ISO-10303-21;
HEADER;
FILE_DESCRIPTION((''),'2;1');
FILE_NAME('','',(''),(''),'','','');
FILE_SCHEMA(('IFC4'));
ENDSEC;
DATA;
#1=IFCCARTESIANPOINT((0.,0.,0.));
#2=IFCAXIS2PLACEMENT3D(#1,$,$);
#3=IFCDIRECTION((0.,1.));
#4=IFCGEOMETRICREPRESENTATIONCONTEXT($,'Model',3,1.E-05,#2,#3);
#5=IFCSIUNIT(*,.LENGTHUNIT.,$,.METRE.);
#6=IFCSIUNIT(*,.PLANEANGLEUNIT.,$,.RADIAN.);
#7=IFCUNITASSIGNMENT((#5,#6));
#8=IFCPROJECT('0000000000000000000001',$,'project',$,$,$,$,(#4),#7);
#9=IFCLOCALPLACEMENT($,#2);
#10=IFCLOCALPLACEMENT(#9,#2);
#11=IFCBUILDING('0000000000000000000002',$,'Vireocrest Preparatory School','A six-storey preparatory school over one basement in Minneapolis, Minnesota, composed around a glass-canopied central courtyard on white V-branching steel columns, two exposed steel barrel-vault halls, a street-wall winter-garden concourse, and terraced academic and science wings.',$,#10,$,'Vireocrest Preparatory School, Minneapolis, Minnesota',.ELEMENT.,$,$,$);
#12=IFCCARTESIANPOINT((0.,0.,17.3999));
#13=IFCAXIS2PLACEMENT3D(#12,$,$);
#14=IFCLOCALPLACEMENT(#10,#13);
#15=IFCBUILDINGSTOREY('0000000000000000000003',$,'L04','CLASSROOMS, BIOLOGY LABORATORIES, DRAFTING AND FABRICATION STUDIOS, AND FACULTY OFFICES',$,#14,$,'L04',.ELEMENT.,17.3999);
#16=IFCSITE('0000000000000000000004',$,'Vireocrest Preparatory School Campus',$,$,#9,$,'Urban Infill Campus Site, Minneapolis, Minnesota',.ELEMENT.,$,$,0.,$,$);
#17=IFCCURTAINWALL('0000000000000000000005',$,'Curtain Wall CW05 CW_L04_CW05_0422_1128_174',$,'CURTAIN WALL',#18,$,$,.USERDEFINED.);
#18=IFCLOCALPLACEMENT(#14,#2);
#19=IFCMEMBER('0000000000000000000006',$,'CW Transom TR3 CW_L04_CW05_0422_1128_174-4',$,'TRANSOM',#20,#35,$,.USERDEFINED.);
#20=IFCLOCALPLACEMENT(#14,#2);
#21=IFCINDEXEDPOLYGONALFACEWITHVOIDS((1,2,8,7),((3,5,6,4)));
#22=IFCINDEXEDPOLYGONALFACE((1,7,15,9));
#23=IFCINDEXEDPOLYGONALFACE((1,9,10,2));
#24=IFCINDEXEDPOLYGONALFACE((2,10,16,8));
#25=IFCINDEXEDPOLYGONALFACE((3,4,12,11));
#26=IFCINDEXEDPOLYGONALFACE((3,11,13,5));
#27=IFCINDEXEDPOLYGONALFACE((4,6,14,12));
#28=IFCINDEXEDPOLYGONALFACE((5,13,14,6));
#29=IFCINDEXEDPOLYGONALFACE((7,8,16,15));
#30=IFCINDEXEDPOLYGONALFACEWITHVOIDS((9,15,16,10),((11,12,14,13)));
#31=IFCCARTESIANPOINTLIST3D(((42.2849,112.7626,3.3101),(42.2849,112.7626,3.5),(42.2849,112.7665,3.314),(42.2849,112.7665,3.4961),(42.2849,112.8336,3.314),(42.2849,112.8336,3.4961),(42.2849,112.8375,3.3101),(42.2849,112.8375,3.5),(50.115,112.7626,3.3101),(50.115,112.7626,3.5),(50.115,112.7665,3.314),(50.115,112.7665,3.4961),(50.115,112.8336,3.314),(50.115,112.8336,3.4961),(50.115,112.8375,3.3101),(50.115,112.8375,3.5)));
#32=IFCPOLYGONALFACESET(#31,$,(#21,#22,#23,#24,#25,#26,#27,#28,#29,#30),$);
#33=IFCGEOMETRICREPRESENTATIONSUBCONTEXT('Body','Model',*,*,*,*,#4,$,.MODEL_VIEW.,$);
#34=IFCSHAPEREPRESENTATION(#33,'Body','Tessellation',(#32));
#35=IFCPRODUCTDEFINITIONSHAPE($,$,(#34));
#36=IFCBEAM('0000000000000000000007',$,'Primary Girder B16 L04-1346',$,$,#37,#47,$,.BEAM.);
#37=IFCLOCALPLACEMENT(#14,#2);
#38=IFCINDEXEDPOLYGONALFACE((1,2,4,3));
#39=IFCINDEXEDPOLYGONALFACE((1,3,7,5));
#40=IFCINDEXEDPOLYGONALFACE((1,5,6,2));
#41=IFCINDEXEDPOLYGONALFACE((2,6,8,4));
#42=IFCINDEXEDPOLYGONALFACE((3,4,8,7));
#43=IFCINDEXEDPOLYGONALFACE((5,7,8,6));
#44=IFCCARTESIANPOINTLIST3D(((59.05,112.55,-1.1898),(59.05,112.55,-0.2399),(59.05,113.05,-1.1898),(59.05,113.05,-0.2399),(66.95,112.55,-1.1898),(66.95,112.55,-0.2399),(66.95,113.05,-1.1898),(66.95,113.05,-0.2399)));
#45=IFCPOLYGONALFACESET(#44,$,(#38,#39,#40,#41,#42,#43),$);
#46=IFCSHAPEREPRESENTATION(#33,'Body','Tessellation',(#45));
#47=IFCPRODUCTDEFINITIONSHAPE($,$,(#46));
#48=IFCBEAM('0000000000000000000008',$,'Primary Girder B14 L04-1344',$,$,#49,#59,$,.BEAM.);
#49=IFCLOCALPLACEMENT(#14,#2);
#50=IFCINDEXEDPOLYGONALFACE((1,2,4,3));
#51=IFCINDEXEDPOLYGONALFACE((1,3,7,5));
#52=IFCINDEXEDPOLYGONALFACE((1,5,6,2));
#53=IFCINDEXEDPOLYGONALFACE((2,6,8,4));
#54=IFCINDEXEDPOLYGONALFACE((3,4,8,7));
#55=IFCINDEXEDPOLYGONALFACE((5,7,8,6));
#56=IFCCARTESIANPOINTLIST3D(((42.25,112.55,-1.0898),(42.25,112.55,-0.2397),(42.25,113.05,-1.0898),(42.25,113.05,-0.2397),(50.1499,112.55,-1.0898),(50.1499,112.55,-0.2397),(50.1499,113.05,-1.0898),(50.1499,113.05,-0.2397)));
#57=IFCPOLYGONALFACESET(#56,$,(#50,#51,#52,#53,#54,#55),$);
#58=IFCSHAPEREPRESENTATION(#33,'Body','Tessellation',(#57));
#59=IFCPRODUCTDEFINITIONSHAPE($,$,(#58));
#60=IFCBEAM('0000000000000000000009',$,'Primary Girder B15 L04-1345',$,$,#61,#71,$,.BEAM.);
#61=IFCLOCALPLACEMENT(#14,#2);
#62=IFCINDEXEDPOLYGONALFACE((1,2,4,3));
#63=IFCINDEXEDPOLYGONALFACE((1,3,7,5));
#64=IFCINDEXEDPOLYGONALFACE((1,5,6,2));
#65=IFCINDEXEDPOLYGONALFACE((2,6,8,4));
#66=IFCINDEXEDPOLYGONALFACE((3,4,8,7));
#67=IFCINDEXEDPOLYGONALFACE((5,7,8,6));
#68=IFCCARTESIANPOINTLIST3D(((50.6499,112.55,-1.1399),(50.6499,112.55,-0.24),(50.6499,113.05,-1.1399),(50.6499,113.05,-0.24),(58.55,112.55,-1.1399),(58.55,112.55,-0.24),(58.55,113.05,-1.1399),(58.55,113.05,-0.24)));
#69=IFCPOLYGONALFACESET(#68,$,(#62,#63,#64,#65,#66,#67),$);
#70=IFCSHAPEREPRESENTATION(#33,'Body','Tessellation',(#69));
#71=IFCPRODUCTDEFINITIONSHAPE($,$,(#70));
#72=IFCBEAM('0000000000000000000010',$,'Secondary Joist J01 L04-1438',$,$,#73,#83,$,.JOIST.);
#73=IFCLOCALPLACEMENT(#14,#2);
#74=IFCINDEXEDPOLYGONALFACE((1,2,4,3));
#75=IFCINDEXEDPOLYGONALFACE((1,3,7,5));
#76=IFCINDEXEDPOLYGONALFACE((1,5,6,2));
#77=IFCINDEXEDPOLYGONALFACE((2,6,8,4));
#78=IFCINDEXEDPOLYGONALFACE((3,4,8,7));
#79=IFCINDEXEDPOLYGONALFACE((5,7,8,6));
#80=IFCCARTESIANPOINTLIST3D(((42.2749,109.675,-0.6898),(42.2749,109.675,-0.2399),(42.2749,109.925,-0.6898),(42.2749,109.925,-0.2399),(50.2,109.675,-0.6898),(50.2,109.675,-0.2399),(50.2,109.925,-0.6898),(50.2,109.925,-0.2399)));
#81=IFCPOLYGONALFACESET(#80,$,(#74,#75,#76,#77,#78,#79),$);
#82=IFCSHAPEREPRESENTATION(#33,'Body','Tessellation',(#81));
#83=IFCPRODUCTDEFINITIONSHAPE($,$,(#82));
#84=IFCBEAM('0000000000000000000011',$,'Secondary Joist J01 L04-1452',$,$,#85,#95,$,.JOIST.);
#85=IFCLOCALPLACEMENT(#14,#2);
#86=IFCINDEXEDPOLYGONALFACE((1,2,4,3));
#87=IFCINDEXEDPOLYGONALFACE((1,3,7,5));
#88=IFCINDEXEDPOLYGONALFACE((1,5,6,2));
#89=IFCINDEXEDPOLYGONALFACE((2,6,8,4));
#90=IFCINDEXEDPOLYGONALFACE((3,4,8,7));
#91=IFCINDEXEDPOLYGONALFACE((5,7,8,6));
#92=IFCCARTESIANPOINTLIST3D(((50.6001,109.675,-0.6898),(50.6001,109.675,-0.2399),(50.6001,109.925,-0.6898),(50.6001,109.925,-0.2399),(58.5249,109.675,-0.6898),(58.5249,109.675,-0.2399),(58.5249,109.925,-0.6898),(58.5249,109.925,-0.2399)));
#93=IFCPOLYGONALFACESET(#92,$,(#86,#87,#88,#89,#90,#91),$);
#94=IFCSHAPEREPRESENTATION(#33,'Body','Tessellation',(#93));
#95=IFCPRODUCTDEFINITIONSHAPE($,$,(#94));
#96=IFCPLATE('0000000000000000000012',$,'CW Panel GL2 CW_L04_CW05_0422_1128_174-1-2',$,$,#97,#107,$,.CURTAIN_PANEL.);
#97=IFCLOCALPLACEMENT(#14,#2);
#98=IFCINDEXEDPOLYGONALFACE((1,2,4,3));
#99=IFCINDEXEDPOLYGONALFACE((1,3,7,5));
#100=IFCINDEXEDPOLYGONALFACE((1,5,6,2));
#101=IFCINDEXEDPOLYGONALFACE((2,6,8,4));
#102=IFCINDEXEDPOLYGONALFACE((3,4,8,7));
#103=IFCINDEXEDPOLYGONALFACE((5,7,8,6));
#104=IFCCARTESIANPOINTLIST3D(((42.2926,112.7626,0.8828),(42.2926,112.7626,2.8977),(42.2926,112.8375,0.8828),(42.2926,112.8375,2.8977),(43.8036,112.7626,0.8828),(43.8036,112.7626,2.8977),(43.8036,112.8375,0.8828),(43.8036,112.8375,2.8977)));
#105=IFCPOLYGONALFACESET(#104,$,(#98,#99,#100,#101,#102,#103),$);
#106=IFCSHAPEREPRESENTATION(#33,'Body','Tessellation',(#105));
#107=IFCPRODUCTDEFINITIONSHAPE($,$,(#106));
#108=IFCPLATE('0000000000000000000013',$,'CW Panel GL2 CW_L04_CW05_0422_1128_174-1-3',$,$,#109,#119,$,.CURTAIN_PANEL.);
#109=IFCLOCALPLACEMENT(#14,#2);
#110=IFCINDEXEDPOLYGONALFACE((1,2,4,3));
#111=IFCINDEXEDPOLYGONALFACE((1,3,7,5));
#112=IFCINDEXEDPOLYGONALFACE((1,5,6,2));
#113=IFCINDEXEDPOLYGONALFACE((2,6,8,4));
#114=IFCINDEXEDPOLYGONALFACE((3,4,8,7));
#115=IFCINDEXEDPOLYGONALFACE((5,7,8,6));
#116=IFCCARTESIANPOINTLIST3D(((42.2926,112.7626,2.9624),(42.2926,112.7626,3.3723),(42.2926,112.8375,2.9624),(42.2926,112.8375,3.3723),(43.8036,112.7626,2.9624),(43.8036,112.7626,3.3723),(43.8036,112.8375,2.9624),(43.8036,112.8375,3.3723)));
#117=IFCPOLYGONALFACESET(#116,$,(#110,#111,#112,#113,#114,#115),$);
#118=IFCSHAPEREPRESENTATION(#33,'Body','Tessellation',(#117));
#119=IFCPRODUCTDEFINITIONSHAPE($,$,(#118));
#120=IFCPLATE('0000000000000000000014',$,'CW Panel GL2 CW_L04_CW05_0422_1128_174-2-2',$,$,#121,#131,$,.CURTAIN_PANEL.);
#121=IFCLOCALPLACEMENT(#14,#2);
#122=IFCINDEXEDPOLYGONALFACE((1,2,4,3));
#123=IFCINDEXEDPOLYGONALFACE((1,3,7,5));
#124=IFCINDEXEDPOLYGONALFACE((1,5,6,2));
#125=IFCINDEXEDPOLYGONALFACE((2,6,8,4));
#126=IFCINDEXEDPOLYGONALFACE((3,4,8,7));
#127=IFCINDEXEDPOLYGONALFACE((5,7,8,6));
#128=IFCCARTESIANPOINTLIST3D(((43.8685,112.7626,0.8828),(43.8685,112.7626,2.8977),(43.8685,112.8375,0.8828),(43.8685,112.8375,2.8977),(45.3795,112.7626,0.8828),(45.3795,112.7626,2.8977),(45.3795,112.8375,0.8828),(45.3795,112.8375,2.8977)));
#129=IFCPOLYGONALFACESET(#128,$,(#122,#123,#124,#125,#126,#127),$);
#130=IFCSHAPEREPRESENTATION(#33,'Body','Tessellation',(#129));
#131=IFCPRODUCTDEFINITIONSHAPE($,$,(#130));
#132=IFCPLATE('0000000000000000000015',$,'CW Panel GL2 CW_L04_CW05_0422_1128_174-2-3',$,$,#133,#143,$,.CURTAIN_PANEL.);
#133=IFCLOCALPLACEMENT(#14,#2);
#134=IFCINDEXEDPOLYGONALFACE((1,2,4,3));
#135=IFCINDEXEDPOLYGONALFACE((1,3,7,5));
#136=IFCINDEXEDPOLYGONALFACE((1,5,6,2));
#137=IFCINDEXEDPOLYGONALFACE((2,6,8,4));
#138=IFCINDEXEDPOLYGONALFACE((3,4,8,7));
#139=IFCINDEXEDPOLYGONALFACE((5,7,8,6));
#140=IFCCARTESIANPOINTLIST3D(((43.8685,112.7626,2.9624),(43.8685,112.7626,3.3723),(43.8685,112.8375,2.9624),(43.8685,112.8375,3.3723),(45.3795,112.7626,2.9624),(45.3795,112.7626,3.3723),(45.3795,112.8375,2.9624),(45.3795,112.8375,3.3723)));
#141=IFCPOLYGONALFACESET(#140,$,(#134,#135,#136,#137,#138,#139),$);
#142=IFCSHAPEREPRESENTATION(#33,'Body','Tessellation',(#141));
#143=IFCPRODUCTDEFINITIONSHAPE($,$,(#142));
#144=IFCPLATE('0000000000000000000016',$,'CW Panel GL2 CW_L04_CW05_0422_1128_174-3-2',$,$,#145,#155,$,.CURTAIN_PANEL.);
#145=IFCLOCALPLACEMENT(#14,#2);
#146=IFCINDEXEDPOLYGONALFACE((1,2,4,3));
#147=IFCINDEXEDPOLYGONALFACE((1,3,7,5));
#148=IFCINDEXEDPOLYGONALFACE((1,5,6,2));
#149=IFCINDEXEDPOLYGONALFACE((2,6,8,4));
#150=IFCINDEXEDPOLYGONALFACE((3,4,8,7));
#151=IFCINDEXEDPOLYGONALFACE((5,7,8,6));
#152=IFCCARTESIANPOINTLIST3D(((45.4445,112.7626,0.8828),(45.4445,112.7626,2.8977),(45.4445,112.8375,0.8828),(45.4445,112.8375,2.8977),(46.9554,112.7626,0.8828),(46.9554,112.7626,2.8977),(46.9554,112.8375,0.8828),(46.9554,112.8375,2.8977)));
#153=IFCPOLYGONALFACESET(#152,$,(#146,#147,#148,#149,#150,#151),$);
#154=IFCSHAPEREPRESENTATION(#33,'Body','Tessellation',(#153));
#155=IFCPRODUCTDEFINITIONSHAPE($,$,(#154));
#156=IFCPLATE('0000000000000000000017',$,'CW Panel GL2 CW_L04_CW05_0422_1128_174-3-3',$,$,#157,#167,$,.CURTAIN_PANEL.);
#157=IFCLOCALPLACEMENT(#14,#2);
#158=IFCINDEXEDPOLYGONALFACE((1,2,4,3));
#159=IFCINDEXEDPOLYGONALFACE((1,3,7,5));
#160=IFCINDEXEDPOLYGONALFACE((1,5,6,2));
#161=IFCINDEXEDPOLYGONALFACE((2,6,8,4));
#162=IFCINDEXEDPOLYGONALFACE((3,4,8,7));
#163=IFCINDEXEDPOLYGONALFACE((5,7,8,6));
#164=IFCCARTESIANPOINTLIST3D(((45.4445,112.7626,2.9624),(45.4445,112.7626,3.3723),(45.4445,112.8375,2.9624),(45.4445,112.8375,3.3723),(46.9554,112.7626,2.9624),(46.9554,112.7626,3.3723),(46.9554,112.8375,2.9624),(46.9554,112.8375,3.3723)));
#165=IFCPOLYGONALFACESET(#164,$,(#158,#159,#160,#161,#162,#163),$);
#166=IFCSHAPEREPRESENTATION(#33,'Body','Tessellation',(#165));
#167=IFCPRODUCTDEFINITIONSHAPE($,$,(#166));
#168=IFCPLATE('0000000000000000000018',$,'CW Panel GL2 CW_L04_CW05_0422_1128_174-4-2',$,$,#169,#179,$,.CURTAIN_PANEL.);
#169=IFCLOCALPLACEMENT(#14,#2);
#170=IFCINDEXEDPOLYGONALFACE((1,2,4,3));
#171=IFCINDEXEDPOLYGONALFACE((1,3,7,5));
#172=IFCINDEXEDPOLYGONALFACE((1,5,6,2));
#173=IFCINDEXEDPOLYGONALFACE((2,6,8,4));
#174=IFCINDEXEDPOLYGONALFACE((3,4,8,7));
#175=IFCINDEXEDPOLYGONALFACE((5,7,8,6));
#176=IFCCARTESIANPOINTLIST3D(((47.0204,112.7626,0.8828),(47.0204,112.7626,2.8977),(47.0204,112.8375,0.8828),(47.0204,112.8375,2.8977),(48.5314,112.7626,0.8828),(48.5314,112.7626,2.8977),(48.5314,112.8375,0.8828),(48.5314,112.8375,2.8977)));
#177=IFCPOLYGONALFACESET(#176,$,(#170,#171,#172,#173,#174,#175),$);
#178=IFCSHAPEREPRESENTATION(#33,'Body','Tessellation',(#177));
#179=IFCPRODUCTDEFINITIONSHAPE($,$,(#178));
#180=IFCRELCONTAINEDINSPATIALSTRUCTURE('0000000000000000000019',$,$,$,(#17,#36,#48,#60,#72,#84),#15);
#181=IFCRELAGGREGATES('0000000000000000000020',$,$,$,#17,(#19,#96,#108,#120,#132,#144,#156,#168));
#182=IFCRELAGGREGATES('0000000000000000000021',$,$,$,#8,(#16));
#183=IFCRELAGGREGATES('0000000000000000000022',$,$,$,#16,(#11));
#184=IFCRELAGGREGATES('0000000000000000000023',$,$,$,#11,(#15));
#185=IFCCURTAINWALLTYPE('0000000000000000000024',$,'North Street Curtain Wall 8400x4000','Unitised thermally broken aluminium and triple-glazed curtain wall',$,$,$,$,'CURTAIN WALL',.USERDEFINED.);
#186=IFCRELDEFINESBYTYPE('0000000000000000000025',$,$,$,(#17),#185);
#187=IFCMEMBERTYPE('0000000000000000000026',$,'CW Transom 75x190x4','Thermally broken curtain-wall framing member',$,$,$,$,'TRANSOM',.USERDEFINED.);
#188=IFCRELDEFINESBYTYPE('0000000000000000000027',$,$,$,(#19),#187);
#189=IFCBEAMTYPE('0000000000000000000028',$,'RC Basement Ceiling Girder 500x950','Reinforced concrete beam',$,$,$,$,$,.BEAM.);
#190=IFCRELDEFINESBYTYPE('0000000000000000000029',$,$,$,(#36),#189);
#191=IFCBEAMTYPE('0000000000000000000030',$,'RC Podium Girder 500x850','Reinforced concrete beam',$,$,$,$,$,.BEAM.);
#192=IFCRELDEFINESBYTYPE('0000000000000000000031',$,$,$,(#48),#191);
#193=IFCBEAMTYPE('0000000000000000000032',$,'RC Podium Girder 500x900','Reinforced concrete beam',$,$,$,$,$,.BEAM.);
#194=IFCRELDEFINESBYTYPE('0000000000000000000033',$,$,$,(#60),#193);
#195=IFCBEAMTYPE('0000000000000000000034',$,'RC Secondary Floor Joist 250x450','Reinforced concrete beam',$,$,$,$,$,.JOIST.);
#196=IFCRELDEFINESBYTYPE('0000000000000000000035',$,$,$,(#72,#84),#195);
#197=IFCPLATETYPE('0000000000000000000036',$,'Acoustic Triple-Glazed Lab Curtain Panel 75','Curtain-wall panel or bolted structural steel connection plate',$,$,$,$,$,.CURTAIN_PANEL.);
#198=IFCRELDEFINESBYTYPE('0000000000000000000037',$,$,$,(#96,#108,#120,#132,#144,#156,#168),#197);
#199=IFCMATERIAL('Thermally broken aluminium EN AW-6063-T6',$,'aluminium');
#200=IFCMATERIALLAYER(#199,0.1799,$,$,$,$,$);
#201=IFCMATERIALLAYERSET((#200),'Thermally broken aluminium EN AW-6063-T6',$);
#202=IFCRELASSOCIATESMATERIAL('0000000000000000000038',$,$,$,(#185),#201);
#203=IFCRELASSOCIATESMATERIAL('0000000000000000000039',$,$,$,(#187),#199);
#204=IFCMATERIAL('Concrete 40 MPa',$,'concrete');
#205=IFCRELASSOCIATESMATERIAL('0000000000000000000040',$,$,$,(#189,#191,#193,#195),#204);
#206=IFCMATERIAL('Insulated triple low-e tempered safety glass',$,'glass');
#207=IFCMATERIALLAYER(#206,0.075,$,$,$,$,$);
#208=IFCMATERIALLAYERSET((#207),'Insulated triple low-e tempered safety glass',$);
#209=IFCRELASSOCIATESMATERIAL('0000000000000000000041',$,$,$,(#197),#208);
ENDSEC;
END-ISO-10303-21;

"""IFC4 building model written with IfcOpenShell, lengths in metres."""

from ifc_helpers import new_model, si_unit, direction, frame, origin, origin_2d, place, context, subcontext, project, spatial, rectangle, hollow_rectangle, extrude, material, layer, layer_set, material_profile, profile_set, type_object, element, aggregate, save


model = new_model("IFC4")

# Units and contexts
model_context = context("Model", 3, precision=1e-05, world=origin(), true_north=direction((0.0, 1.0)))
body_context = subcontext(model_context, "Body", "Model", "MODEL_VIEW")
ifc_project = project(units=[si_unit("LENGTHUNIT", "METRE"), si_unit("PLANEANGLEUNIT", "RADIAN")], contexts=[model_context])

# Site, building, storey
site_placement = place(None, origin())
site = spatial("IfcSite", under=ifc_project, at=site_placement, Name="Vireocrest Preparatory School Campus", LongName="Urban Infill Campus Site, Minneapolis, Minnesota", CompositionType="ELEMENT", RefElevation=0.0)
building_placement = place(site_placement, origin())
building = spatial("IfcBuilding", under=site, at=building_placement, Name="Vireocrest Preparatory School", Description="A six-storey preparatory school over one basement in Minneapolis, Minnesota, composed around a glass-canopied central courtyard on white V-branching steel columns, two exposed steel barrel-vault halls, a street-wall winter-garden concourse, and terraced academic and science wings.", LongName="Vireocrest Preparatory School, Minneapolis, Minnesota", CompositionType="ELEMENT")
storey_placement = place(building_placement, frame((0.0, 0.0, 17.3999)))
storey = spatial("IfcBuildingStorey", under=building, at=storey_placement, Name="L04", Description="CLASSROOMS, BIOLOGY LABORATORIES, DRAFTING AND FABRICATION STUDIOS, AND FACULTY OFFICES", LongName="L04", CompositionType="ELEMENT", Elevation=17.3999)

# Curtain wall, member
ifc_material_1 = material(Name="Thermally broken aluminium EN AW-6063-T6", Category="aluminium")
ifc_layer_1 = layer(ifc_material_1, 0.1799)
ifc_layer_set_1 = layer_set([ifc_layer_1], Name="Thermally broken aluminium EN AW-6063-T6")
curtain_wall_type = type_object("IfcCurtainWallType", Name="North Street Curtain Wall 8400x4000", Description="Unitised thermally broken aluminium and triple-glazed curtain wall", ElementType="CURTAIN WALL", PredefinedType="USERDEFINED", material=ifc_layer_set_1)
curtain_wall_placement = place(storey_placement, origin())
curtain_wall = element("IfcCurtainWall", 1, at=curtain_wall_placement, inside=storey, type_object=curtain_wall_type, Name="Curtain Wall CW05 CW_L04_CW05_0422_1128_174", ObjectType="CURTAIN WALL", PredefinedType="USERDEFINED")
ifc_material_profile_1 = material_profile(ifc_material_1, hollow_rectangle(XDim=0.075, YDim=0.1899, WallThickness=0.0039, at=origin_2d()), Name="ALU 75x190x4")
ifc_profile_set_1 = profile_set([ifc_material_profile_1], Name="Thermally broken aluminium EN AW-6063-T6")
member_type_1 = type_object("IfcMemberType", Name="CW Transom 75x190x4", Description="Thermally broken curtain-wall framing member", ElementType="TRANSOM", PredefinedType="USERDEFINED", material=ifc_profile_set_1)
member_1_placement = place(storey_placement, frame((42.2849, 112.8, 3.405), z_axis=(1.0, 0.0, 0.0), x_axis=(0.0, 1.0, 0.0)))
member_1 = element("IfcMember", 2, at=member_1_placement, type_object=member_type_1, Name="CW Transom TR3 CW_L04_CW05_0422_1128_174-4", ObjectType="TRANSOM", PredefinedType="USERDEFINED", context=body_context, shape_type="SweptSolid", body=[
    extrude(hollow_rectangle(XDim=0.075, YDim=0.1899, WallThickness=0.0039, at=origin_2d()), origin(), (0.0, 0.0, 1.0), 7.8301),
])

# Beams
ifc_material_2 = material(Name="Concrete 40 MPa", Category="concrete")
ifc_material_profile_2 = material_profile(ifc_material_2, rectangle(XDim=0.5, YDim=0.95, at=origin_2d()), Name="RC 500x950")
ifc_profile_set_2 = profile_set([ifc_material_profile_2], Name="Concrete 40 MPa")
beam_type_1 = type_object("IfcBeamType", Name="RC Basement Ceiling Girder 500x950", Description="Reinforced concrete beam", PredefinedType="BEAM", material=ifc_profile_set_2)
beam_1_placement = place(storey_placement, frame((59.05, 112.8, -0.7148), z_axis=(1.0, 0.0, 0.0), x_axis=(0.0, 1.0, 0.0)))
element("IfcBeam", 3, at=beam_1_placement, inside=storey, type_object=beam_type_1, Name="Primary Girder B16 L04-1346", PredefinedType="BEAM", context=body_context, shape_type="SweptSolid", body=[
    extrude(rectangle(XDim=0.5, YDim=0.95, at=origin_2d()), origin(), (0.0, 0.0, 1.0), 7.8999),
])
ifc_material_profile_3 = material_profile(ifc_material_2, rectangle(XDim=0.5, YDim=0.8501, at=origin_2d()), Name="RC 500x850")
ifc_profile_set_3 = profile_set([ifc_material_profile_3], Name="Concrete 40 MPa")
beam_type_2 = type_object("IfcBeamType", Name="RC Podium Girder 500x850", Description="Reinforced concrete beam", PredefinedType="BEAM", material=ifc_profile_set_3)
beam_2_placement = place(storey_placement, frame((42.25, 112.8, -0.6648), z_axis=(1.0, 0.0, 0.0), x_axis=(0.0, 1.0, 0.0)))
element("IfcBeam", 4, at=beam_2_placement, inside=storey, type_object=beam_type_2, Name="Primary Girder B14 L04-1344", PredefinedType="BEAM", context=body_context, shape_type="SweptSolid", body=[
    extrude(rectangle(XDim=0.5, YDim=0.8501, at=origin_2d()), origin(), (0.0, 0.0, 1.0), 7.8999),
])
ifc_material_profile_4 = material_profile(ifc_material_2, rectangle(XDim=0.5, YDim=0.8999, at=origin_2d()), Name="RC 500x900")
ifc_profile_set_4 = profile_set([ifc_material_profile_4], Name="Concrete 40 MPa")
beam_type_3 = type_object("IfcBeamType", Name="RC Podium Girder 500x900", Description="Reinforced concrete beam", PredefinedType="BEAM", material=ifc_profile_set_4)
beam_3_placement = place(storey_placement, frame((50.6499, 112.8, -0.6899), z_axis=(1.0, 0.0, 0.0), x_axis=(0.0, 1.0, 0.0)))
element("IfcBeam", 5, at=beam_3_placement, inside=storey, type_object=beam_type_3, Name="Primary Girder B15 L04-1345", PredefinedType="BEAM", context=body_context, shape_type="SweptSolid", body=[
    extrude(rectangle(XDim=0.5, YDim=0.8999, at=origin_2d()), origin(), (0.0, 0.0, 1.0), 7.9001),
])
ifc_material_profile_5 = material_profile(ifc_material_2, rectangle(XDim=0.25, YDim=0.45, at=origin_2d()), Name="RC 250x450")
ifc_profile_set_5 = profile_set([ifc_material_profile_5], Name="Concrete 40 MPa")
beam_type_4 = type_object("IfcBeamType", Name="RC Secondary Floor Joist 250x450", Description="Reinforced concrete beam", PredefinedType="JOIST", material=ifc_profile_set_5)
beam_4_placement = place(storey_placement, frame((42.2749, 109.8, -0.4648), z_axis=(1.0, 0.0, 0.0), x_axis=(0.0, 1.0, 0.0)))
element("IfcBeam", 6, at=beam_4_placement, inside=storey, type_object=beam_type_4, Name="Secondary Joist J01 L04-1438", PredefinedType="JOIST", context=body_context, shape_type="SweptSolid", body=[
    extrude(rectangle(XDim=0.25, YDim=0.45, at=origin_2d()), origin(), (0.0, 0.0, 1.0), 7.925),
])
beam_5_placement = place(storey_placement, frame((50.6001, 109.8, -0.4648), z_axis=(1.0, 0.0, 0.0), x_axis=(0.0, 1.0, 0.0)))
element("IfcBeam", 7, at=beam_5_placement, inside=storey, type_object=beam_type_4, Name="Secondary Joist J01 L04-1452", PredefinedType="JOIST", context=body_context, shape_type="SweptSolid", body=[
    extrude(rectangle(XDim=0.25, YDim=0.45, at=origin_2d()), origin(), (0.0, 0.0, 1.0), 7.9248),
])

# Plates
ifc_material_3 = material(Name="Insulated triple low-e tempered safety glass", Category="glass")
ifc_layer_2 = layer(ifc_material_3, 0.075)
ifc_layer_set_2 = layer_set([ifc_layer_2], Name="Insulated triple low-e tempered safety glass")
plate_type_1 = type_object("IfcPlateType", Name="Acoustic Triple-Glazed Lab Curtain Panel 75", Description="Curtain-wall panel or bolted structural steel connection plate", PredefinedType="CURTAIN_PANEL", material=ifc_layer_set_2)
plate_1_placement = place(storey_placement, frame((43.0481, 112.8, 0.8828), z_axis=(0.0, 0.0, 1.0), x_axis=(1.0, 0.0, 0.0)))
plate_1 = element("IfcPlate", 8, at=plate_1_placement, type_object=plate_type_1, Name="CW Panel GL2 CW_L04_CW05_0422_1128_174-1-2", PredefinedType="CURTAIN_PANEL", context=body_context, shape_type="SweptSolid", body=[
    extrude(rectangle(XDim=1.511, YDim=0.075, at=origin_2d()), origin(), (0.0, 0.0, 1.0), 2.0149),
])
plate_2_placement = place(storey_placement, frame((43.0481, 112.8, 2.9624), z_axis=(0.0, 0.0, 1.0), x_axis=(1.0, 0.0, 0.0)))
plate_2 = element("IfcPlate", 9, at=plate_2_placement, type_object=plate_type_1, Name="CW Panel GL2 CW_L04_CW05_0422_1128_174-1-3", PredefinedType="CURTAIN_PANEL", context=body_context, shape_type="SweptSolid", body=[
    extrude(rectangle(XDim=1.511, YDim=0.075, at=origin_2d()), origin(), (0.0, 0.0, 1.0), 0.4099),
])
plate_3_placement = place(storey_placement, frame((44.624, 112.8, 0.8828), z_axis=(0.0, 0.0, 1.0), x_axis=(1.0, 0.0, 0.0)))
plate_3 = element("IfcPlate", 10, at=plate_3_placement, type_object=plate_type_1, Name="CW Panel GL2 CW_L04_CW05_0422_1128_174-2-2", PredefinedType="CURTAIN_PANEL", context=body_context, shape_type="SweptSolid", body=[
    extrude(rectangle(XDim=1.511, YDim=0.075, at=origin_2d()), origin(), (0.0, 0.0, 1.0), 2.0149),
])
plate_4_placement = place(storey_placement, frame((44.624, 112.8, 2.9624), z_axis=(0.0, 0.0, 1.0), x_axis=(1.0, 0.0, 0.0)))
plate_4 = element("IfcPlate", 11, at=plate_4_placement, type_object=plate_type_1, Name="CW Panel GL2 CW_L04_CW05_0422_1128_174-2-3", PredefinedType="CURTAIN_PANEL", context=body_context, shape_type="SweptSolid", body=[
    extrude(rectangle(XDim=1.511, YDim=0.075, at=origin_2d()), origin(), (0.0, 0.0, 1.0), 0.4099),
])
plate_5_placement = place(storey_placement, frame((46.2, 112.8, 0.8828), z_axis=(0.0, 0.0, 1.0), x_axis=(1.0, 0.0, 0.0)))
plate_5 = element("IfcPlate", 12, at=plate_5_placement, type_object=plate_type_1, Name="CW Panel GL2 CW_L04_CW05_0422_1128_174-3-2", PredefinedType="CURTAIN_PANEL", context=body_context, shape_type="SweptSolid", body=[
    extrude(rectangle(XDim=1.511, YDim=0.075, at=origin_2d()), origin(), (0.0, 0.0, 1.0), 2.0149),
])
plate_6_placement = place(storey_placement, frame((46.2, 112.8, 2.9624), z_axis=(0.0, 0.0, 1.0), x_axis=(1.0, 0.0, 0.0)))
plate_6 = element("IfcPlate", 13, at=plate_6_placement, type_object=plate_type_1, Name="CW Panel GL2 CW_L04_CW05_0422_1128_174-3-3", PredefinedType="CURTAIN_PANEL", context=body_context, shape_type="SweptSolid", body=[
    extrude(rectangle(XDim=1.511, YDim=0.075, at=origin_2d()), origin(), (0.0, 0.0, 1.0), 0.4099),
])
plate_7_placement = place(storey_placement, frame((47.7759, 112.8, 0.8828), z_axis=(0.0, 0.0, 1.0), x_axis=(1.0, 0.0, 0.0)))
plate_7 = element("IfcPlate", 14, at=plate_7_placement, type_object=plate_type_1, Name="CW Panel GL2 CW_L04_CW05_0422_1128_174-4-2", PredefinedType="CURTAIN_PANEL", context=body_context, shape_type="SweptSolid", body=[
    extrude(rectangle(XDim=1.511, YDim=0.075, at=origin_2d()), origin(), (0.0, 0.0, 1.0), 2.0149),
])
aggregate(curtain_wall, [member_1, plate_1, plate_2, plate_3, plate_4, plate_5, plate_6, plate_7])

save(model, "model.ifc")
